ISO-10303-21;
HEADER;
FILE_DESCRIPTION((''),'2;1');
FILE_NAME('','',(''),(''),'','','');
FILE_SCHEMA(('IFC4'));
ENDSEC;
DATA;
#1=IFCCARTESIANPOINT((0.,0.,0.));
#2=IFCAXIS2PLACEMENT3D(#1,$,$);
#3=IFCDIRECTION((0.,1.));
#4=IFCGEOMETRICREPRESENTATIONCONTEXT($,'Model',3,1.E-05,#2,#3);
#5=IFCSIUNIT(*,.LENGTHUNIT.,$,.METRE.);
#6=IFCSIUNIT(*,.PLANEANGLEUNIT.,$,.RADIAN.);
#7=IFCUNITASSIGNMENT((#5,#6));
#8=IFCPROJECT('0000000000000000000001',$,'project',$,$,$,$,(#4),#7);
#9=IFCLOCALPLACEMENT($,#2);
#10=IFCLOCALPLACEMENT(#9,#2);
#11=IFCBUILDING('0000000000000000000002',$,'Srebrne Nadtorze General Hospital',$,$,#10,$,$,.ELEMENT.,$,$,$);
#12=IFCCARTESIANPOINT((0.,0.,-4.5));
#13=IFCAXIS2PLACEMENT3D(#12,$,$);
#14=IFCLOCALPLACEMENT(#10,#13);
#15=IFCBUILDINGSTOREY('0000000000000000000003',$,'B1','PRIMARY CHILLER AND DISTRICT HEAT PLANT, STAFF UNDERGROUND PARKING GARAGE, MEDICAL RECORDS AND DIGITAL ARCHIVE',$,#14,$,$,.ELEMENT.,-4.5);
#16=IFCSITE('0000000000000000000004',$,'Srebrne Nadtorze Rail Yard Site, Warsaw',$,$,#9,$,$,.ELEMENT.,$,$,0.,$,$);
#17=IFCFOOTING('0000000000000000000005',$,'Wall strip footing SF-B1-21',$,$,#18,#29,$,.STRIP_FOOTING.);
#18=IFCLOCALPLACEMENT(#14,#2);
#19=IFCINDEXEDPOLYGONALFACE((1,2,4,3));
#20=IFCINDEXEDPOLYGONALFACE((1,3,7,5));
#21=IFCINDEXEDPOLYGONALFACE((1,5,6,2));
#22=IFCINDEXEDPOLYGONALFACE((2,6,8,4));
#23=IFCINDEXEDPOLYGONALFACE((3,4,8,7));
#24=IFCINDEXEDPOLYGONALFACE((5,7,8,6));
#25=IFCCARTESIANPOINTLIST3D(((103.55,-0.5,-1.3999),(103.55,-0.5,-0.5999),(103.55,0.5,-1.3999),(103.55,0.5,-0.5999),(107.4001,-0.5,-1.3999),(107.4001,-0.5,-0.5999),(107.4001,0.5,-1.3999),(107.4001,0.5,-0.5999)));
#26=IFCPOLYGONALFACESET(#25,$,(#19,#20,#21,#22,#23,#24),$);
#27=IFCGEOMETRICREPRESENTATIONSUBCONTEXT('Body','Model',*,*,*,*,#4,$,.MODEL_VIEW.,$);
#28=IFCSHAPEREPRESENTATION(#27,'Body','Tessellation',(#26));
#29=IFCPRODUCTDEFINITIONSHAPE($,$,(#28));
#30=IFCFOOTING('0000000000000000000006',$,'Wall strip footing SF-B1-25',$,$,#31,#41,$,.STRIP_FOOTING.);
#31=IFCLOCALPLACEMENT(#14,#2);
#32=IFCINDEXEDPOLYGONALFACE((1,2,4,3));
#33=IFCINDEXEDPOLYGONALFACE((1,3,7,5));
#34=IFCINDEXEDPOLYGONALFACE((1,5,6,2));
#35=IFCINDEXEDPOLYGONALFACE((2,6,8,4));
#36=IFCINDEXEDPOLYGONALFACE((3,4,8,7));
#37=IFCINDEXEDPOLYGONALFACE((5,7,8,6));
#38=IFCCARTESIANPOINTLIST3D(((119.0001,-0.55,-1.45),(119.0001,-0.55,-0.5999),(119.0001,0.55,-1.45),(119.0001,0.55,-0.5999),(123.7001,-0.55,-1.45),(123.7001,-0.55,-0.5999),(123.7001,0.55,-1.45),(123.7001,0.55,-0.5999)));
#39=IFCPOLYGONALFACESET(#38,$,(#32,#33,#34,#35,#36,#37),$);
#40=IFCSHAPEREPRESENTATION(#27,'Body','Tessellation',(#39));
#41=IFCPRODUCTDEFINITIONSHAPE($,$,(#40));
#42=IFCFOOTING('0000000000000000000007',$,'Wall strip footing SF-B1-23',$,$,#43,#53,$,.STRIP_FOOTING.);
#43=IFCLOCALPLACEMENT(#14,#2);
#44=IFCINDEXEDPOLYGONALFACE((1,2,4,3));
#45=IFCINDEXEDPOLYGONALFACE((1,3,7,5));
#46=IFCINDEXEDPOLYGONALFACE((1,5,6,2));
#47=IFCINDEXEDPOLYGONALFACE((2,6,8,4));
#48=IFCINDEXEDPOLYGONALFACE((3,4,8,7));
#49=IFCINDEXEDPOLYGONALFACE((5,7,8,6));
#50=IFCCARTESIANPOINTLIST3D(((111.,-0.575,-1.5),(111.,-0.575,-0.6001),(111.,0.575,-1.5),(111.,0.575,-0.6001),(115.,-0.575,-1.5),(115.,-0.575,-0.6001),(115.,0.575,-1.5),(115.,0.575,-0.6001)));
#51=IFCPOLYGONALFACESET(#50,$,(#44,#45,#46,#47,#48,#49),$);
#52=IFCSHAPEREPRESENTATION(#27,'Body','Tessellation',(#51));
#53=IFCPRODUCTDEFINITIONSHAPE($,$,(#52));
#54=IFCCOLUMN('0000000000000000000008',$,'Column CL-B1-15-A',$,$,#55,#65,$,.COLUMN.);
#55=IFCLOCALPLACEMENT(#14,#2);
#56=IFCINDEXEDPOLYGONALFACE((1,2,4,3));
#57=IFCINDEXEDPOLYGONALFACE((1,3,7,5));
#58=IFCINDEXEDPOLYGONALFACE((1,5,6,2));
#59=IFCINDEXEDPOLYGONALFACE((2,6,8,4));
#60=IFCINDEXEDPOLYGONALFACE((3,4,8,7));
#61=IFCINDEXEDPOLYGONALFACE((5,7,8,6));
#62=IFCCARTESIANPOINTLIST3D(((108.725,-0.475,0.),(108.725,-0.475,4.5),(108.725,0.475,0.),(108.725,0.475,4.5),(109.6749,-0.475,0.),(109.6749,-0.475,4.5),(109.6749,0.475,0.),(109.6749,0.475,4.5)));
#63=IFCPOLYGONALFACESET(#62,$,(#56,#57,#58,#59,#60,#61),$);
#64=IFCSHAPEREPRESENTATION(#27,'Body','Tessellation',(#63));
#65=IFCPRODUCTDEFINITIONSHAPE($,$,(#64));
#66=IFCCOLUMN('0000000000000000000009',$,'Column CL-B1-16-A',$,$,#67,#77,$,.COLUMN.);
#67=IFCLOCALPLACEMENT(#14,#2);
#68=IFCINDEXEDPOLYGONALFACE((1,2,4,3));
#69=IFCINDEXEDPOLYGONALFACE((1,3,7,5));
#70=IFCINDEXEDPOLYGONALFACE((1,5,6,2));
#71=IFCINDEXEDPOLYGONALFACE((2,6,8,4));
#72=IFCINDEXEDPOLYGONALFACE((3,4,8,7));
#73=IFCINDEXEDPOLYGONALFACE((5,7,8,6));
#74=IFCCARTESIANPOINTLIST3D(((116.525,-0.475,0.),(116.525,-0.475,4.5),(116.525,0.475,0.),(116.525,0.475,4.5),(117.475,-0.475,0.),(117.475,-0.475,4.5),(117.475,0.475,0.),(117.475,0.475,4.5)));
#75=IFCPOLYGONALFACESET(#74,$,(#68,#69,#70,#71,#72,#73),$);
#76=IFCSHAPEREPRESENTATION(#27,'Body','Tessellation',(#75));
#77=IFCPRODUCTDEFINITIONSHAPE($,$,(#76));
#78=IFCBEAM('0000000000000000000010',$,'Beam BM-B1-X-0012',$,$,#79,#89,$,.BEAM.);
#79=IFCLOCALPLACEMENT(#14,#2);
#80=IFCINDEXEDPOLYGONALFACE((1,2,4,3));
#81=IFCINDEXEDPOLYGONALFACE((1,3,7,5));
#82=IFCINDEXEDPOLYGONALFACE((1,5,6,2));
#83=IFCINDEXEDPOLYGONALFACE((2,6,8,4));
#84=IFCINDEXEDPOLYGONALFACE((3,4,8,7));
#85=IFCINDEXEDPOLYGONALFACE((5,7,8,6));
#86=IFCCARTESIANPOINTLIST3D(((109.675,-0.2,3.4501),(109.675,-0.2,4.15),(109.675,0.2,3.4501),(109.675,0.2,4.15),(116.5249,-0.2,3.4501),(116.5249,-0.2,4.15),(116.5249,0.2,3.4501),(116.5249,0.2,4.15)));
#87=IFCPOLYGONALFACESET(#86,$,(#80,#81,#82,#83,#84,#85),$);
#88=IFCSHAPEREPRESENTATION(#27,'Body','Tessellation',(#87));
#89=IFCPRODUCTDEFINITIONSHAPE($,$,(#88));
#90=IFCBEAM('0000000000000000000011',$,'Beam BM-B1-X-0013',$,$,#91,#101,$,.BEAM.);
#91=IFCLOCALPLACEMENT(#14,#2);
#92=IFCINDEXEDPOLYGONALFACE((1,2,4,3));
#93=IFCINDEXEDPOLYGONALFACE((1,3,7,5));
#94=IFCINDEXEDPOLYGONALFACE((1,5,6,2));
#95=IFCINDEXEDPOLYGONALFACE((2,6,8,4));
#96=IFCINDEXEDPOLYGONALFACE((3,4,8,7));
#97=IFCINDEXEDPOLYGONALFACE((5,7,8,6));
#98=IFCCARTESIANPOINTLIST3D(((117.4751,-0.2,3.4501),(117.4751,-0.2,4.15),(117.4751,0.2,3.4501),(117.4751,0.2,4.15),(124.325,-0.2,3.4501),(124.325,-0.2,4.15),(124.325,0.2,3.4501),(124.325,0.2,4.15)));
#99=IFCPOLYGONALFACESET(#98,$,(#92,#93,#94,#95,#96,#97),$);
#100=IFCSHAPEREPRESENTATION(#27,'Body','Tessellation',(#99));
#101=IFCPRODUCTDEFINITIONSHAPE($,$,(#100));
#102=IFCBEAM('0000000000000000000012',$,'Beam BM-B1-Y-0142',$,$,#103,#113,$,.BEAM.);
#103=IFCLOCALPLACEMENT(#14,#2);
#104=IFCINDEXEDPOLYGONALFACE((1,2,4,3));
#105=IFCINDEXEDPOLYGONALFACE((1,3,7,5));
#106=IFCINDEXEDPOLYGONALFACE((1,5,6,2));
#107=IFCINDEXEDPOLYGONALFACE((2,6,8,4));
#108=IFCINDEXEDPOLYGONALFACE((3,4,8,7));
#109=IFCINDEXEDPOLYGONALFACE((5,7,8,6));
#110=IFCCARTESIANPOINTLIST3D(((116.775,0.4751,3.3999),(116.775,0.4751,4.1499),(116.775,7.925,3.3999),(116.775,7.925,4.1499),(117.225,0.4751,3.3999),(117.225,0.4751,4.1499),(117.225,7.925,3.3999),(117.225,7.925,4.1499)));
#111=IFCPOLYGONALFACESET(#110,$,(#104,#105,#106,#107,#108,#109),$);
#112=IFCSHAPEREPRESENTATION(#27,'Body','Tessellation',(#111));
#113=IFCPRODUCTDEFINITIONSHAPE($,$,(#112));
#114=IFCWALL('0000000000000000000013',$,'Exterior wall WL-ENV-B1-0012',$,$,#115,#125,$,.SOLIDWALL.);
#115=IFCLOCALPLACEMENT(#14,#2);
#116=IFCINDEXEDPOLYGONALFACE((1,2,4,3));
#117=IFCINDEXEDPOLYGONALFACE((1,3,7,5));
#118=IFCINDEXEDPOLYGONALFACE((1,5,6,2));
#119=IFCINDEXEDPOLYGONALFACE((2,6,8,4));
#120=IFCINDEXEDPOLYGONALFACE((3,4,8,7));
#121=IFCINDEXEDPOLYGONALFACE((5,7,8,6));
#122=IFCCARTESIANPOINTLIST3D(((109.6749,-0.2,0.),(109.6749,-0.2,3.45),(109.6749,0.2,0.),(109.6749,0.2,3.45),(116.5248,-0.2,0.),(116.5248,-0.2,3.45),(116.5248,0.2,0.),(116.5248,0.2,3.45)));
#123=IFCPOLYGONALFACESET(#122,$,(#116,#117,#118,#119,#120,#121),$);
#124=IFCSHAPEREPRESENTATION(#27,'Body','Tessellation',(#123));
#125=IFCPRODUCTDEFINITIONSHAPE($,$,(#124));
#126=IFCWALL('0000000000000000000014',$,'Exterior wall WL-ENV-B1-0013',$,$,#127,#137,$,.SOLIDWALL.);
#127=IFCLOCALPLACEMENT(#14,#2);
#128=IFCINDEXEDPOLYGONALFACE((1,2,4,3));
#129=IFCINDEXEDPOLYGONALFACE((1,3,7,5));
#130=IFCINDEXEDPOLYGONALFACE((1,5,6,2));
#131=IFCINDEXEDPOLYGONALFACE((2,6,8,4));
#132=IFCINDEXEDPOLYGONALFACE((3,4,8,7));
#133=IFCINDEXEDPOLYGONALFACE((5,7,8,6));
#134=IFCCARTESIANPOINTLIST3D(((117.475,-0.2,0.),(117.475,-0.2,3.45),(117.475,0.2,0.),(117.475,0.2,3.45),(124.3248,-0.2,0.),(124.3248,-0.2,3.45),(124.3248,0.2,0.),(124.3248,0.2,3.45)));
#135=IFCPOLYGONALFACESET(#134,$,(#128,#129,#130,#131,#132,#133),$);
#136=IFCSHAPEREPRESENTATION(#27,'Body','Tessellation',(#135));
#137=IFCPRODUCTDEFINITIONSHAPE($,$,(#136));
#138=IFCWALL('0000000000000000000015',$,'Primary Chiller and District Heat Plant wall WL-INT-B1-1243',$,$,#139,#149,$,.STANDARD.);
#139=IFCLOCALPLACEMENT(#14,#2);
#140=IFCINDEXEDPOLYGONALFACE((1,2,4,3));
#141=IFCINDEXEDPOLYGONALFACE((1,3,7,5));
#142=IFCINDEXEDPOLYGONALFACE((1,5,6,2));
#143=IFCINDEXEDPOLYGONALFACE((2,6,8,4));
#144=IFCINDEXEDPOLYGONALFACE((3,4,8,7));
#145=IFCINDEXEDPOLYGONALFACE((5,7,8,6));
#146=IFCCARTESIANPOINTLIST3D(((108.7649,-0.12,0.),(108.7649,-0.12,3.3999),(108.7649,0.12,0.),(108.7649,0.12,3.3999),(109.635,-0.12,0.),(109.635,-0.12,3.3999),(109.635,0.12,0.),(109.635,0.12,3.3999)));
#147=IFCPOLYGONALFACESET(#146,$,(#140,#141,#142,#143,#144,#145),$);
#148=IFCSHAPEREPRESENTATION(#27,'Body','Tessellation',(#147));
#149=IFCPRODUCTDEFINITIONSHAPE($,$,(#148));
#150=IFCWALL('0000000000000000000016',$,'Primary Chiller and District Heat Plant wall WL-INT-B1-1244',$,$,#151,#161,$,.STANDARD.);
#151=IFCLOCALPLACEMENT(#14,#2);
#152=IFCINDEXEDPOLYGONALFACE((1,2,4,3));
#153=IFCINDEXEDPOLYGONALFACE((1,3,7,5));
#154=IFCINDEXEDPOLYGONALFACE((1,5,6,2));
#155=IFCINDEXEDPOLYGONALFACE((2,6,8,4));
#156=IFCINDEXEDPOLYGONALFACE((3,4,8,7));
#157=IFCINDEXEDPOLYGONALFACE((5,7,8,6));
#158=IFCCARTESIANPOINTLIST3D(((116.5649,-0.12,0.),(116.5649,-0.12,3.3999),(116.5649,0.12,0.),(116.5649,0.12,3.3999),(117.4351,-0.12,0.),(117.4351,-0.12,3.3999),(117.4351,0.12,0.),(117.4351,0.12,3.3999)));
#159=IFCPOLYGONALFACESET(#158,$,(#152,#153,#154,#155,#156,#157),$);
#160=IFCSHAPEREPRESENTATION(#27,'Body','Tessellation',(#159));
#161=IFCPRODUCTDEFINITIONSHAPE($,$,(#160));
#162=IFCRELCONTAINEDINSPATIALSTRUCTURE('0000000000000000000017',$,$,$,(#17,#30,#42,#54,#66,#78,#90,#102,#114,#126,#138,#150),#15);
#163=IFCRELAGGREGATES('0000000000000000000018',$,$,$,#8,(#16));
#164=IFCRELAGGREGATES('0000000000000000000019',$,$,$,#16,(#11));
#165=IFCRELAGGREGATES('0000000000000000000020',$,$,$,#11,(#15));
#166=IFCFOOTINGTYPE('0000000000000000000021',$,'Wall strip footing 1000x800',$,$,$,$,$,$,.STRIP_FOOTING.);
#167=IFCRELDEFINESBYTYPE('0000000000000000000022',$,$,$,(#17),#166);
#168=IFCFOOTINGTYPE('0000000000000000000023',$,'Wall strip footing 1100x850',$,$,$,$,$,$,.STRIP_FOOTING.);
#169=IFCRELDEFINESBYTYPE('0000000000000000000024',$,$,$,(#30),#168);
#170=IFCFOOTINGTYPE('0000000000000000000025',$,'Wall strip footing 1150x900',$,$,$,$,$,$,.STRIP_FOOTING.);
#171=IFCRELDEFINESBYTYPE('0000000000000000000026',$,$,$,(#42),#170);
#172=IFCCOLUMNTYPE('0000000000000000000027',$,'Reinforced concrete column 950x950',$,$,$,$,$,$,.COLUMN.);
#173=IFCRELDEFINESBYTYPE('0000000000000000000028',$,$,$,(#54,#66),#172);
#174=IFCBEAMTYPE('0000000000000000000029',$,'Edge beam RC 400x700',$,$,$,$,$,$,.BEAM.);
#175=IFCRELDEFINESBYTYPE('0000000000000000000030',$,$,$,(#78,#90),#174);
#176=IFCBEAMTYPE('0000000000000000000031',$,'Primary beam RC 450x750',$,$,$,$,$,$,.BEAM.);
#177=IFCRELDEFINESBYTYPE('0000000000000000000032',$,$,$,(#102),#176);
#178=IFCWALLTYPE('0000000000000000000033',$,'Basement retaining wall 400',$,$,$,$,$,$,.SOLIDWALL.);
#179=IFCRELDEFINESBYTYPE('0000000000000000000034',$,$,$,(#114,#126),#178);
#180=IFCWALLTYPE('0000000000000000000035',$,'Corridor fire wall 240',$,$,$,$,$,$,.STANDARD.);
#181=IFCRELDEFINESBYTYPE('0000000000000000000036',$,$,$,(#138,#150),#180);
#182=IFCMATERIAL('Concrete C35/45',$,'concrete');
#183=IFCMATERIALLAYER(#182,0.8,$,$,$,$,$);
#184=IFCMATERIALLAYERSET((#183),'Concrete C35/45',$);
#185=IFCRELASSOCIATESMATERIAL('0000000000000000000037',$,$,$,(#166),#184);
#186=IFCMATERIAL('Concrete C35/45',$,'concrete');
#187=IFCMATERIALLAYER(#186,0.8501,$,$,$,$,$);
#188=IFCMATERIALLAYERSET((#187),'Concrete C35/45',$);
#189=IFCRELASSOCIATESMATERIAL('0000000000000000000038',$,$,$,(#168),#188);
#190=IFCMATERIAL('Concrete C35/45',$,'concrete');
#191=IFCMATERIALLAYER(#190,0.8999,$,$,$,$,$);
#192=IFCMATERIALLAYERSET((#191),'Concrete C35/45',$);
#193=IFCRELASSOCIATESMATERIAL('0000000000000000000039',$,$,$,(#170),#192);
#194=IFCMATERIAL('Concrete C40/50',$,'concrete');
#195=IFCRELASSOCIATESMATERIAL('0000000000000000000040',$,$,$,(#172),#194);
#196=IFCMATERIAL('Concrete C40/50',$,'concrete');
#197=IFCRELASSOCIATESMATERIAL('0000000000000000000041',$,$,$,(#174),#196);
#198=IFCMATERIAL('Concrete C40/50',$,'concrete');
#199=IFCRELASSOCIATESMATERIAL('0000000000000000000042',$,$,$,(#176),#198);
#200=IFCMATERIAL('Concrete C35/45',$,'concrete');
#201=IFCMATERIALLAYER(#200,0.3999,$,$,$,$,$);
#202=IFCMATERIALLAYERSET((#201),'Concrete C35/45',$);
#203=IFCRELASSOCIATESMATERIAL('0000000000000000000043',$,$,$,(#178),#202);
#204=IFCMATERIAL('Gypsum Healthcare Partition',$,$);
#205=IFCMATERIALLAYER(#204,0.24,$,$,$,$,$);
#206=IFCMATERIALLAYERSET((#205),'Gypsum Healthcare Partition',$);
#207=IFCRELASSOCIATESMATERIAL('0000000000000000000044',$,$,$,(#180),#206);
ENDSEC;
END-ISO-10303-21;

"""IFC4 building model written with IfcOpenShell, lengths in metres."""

from ifc_helpers import new_model, si_unit, direction, frame, frame_2d, origin, origin_2d, place, context, subcontext, project, spatial, rectangle, extrude, material, layer, layer_set, material_profile, profile_set, type_object, element, save


model = new_model("IFC4")

# Units and contexts
model_context = context("Model", 3, precision=1e-05, world=origin(), true_north=direction((0.0, 1.0)))
body_context = subcontext(model_context, "Body", "Model", "MODEL_VIEW")
ifc_project = project(units=[si_unit("LENGTHUNIT", "METRE"), si_unit("PLANEANGLEUNIT", "RADIAN")], contexts=[model_context])

# Site, building, storey
site_placement = place(None, origin())
site = spatial("IfcSite", under=ifc_project, at=site_placement, Name="Srebrne Nadtorze Rail Yard Site, Warsaw", CompositionType="ELEMENT", RefElevation=0.0)
building_placement = place(site_placement, origin())
building = spatial("IfcBuilding", under=site, at=building_placement, Name="Srebrne Nadtorze General Hospital", CompositionType="ELEMENT")
storey_placement = place(building_placement, frame((0.0, 0.0, -4.5)))
storey = spatial("IfcBuildingStorey", under=building, at=storey_placement, Name="B1", Description="PRIMARY CHILLER AND DISTRICT HEAT PLANT, STAFF UNDERGROUND PARKING GARAGE, MEDICAL RECORDS AND DIGITAL ARCHIVE", CompositionType="ELEMENT", Elevation=-4.5)

# Footings
ifc_material_1 = material(Name="Concrete C35/45", Category="concrete")
ifc_layer_1 = layer(ifc_material_1, 0.8)
ifc_layer_set_1 = layer_set([ifc_layer_1], Name="Concrete C35/45")
footing_type_1 = type_object("IfcFootingType", Name="Wall strip footing 1000x800", PredefinedType="STRIP_FOOTING", material=ifc_layer_set_1)
footing_1_placement = place(storey_placement, frame((105.4751, 0.0, -1.3999), z_axis=(0.0, 0.0, 1.0), x_axis=(1.0, 0.0, 0.0)))
element("IfcFooting", 1, at=footing_1_placement, inside=storey, type_object=footing_type_1, Name="Wall strip footing SF-B1-21", PredefinedType="STRIP_FOOTING", context=body_context, shape_type="SweptSolid", body=[
    extrude(rectangle(XDim=3.8501, YDim=1.0, at=origin_2d()), origin(), (0.0, 0.0, 1.0), 0.8),
])
ifc_material_2 = material(Name="Concrete C35/45", Category="concrete")
ifc_layer_2 = layer(ifc_material_2, 0.8501)
ifc_layer_set_2 = layer_set([ifc_layer_2], Name="Concrete C35/45")
footing_type_2 = type_object("IfcFootingType", Name="Wall strip footing 1100x850", PredefinedType="STRIP_FOOTING", material=ifc_layer_set_2)
footing_2_placement = place(storey_placement, frame((121.3501, 0.0, -1.45), z_axis=(0.0, 0.0, 1.0), x_axis=(1.0, 0.0, 0.0)))
element("IfcFooting", 2, at=footing_2_placement, inside=storey, type_object=footing_type_2, Name="Wall strip footing SF-B1-25", PredefinedType="STRIP_FOOTING", context=body_context, shape_type="SweptSolid", body=[
    extrude(rectangle(XDim=4.7, YDim=1.1001, at=origin_2d()), origin(), (0.0, 0.0, 1.0), 0.8501),
])
ifc_material_3 = material(Name="Concrete C35/45", Category="concrete")
ifc_layer_3 = layer(ifc_material_3, 0.8999)
ifc_layer_set_3 = layer_set([ifc_layer_3], Name="Concrete C35/45")
footing_type_3 = type_object("IfcFootingType", Name="Wall strip footing 1150x900", PredefinedType="STRIP_FOOTING", material=ifc_layer_set_3)
footing_3_placement = place(storey_placement, frame((113.0, 0.0, -1.5), z_axis=(0.0, 0.0, 1.0), x_axis=(1.0, 0.0, 0.0)))
element("IfcFooting", 3, at=footing_3_placement, inside=storey, type_object=footing_type_3, Name="Wall strip footing SF-B1-23", PredefinedType="STRIP_FOOTING", context=body_context, shape_type="SweptSolid", body=[
    extrude(rectangle(XDim=4.0, YDim=1.1499, at=origin_2d()), origin(), (0.0, 0.0, 1.0), 0.8999),
])

# Columns
ifc_material_4 = material(Name="Concrete C40/50", Category="concrete")
ifc_material_profile_1 = material_profile(ifc_material_4, rectangle(XDim=0.95, YDim=0.95, at=origin_2d()), Name="RC-COL-950x950")
ifc_profile_set_1 = profile_set([ifc_material_profile_1], Name="Concrete C40/50")
column_type = type_object("IfcColumnType", Name="Reinforced concrete column 950x950", PredefinedType="COLUMN", material=ifc_profile_set_1)
for number, where, z_axis, x_axis, name in (
    (4, (109.2, 0.0, 0.0), (0.0, 0.0, 1.0), (1.0, 0.0, 0.0), "Column CL-B1-15-A"),
    (5, (117.0, 0.0, 0.0), (0.0, 0.0, 1.0), (1.0, 0.0, 0.0), "Column CL-B1-16-A"),
):
    element("IfcColumn", number, at=place(storey_placement, frame(where, z_axis=z_axis, x_axis=x_axis)), inside=storey, type_object=column_type, Name=name, PredefinedType="COLUMN", context=body_context, shape_type="SweptSolid", body=[
        extrude(rectangle(XDim=0.95, YDim=0.95, at=origin_2d()), origin(), (0.0, 0.0, 1.0), 4.5),
    ])

# Beams
ifc_material_5 = material(Name="Concrete C40/50", Category="concrete")
ifc_material_profile_2 = material_profile(ifc_material_5, rectangle(XDim=0.3999, YDim=0.7, at=origin_2d()), Name="RC-BM-400x700")
ifc_profile_set_2 = profile_set([ifc_material_profile_2], Name="Concrete C40/50")
beam_type_1 = type_object("IfcBeamType", Name="Edge beam RC 400x700", PredefinedType="BEAM", material=ifc_profile_set_2)
for number, where, z_axis, x_axis, name in (
    (6, (109.675, 0.0, 3.8), (1.0, 0.0, 0.0), (0.0, 1.0, 0.0), "Beam BM-B1-X-0012"),
    (7, (117.4751, 0.0, 3.8), (1.0, 0.0, 0.0), (0.0, 1.0, 0.0), "Beam BM-B1-X-0013"),
):
    element("IfcBeam", number, at=place(storey_placement, frame(where, z_axis=z_axis, x_axis=x_axis)), inside=storey, type_object=beam_type_1, Name=name, PredefinedType="BEAM", context=body_context, shape_type="SweptSolid", body=[
        extrude(rectangle(XDim=0.3999, YDim=0.7, at=origin_2d()), origin(), (0.0, 0.0, 1.0), 6.8499),
    ])
ifc_material_6 = material(Name="Concrete C40/50", Category="concrete")
ifc_material_profile_3 = material_profile(ifc_material_6, rectangle(XDim=0.45, YDim=0.75, at=origin_2d()), Name="RC-BM-450x750")
ifc_profile_set_3 = profile_set([ifc_material_profile_3], Name="Concrete C40/50")
beam_type_2 = type_object("IfcBeamType", Name="Primary beam RC 450x750", PredefinedType="BEAM", material=ifc_profile_set_3)
beam_placement = place(storey_placement, frame((117.0, 0.4751, 3.7749), z_axis=(0.0, 1.0, 0.0), x_axis=(-1.0, 0.0, 0.0)))
element("IfcBeam", 8, at=beam_placement, inside=storey, type_object=beam_type_2, Name="Beam BM-B1-Y-0142", PredefinedType="BEAM", context=body_context, shape_type="SweptSolid", body=[
    extrude(rectangle(XDim=0.45, YDim=0.75, at=origin_2d()), origin(), (0.0, 0.0, 1.0), 7.45),
])

# Walls
ifc_material_7 = material(Name="Concrete C35/45", Category="concrete")
ifc_layer_4 = layer(ifc_material_7, 0.3999)
ifc_layer_set_4 = layer_set([ifc_layer_4], Name="Concrete C35/45")
wall_type_1 = type_object("IfcWallType", Name="Basement retaining wall 400", PredefinedType="SOLIDWALL", material=ifc_layer_set_4)
for number, where, z_axis, x_axis, name in (
    (9, (109.675, 0.0, 0.0), (0.0, 0.0, 1.0), (1.0, 0.0, 0.0), "Exterior wall WL-ENV-B1-0012"),
    (10, (117.4751, 0.0, 0.0), (0.0, 0.0, 1.0), (1.0, 0.0, 0.0), "Exterior wall WL-ENV-B1-0013"),
):
    element("IfcWall", number, at=place(storey_placement, frame(where, z_axis=z_axis, x_axis=x_axis)), inside=storey, type_object=wall_type_1, Name=name, PredefinedType="SOLIDWALL", context=body_context, shape_type="SweptSolid", body=[
        extrude(rectangle(XDim=6.8499, YDim=0.3999, at=frame_2d((3.4248, 0.0))), origin(), (0.0, 0.0, 1.0), 3.45),
    ])
ifc_material_8 = material(Name="Gypsum Healthcare Partition")
ifc_layer_5 = layer(ifc_material_8, 0.24)
ifc_layer_set_5 = layer_set([ifc_layer_5], Name="Gypsum Healthcare Partition")
wall_type_2 = type_object("IfcWallType", Name="Corridor fire wall 240", PredefinedType="STANDARD", material=ifc_layer_set_5)
for number, where, z_axis, x_axis, name in (
    (11, (108.7649, 0.0, 0.0), (0.0, 0.0, 1.0), (1.0, 0.0, 0.0), "Primary Chiller and District Heat Plant wall WL-INT-B1-1243"),
    (12, (116.5649, 0.0, 0.0), (0.0, 0.0, 1.0), (1.0, 0.0, 0.0), "Primary Chiller and District Heat Plant wall WL-INT-B1-1244"),
):
    element("IfcWall", number, at=place(storey_placement, frame(where, z_axis=z_axis, x_axis=x_axis)), inside=storey, type_object=wall_type_2, Name=name, PredefinedType="STANDARD", context=body_context, shape_type="SweptSolid", body=[
        extrude(rectangle(XDim=0.8701, YDim=0.24, at=frame_2d((0.4351, 0.0))), origin(), (0.0, 0.0, 1.0), 3.3999),
    ])

save(model, "model.ifc")
